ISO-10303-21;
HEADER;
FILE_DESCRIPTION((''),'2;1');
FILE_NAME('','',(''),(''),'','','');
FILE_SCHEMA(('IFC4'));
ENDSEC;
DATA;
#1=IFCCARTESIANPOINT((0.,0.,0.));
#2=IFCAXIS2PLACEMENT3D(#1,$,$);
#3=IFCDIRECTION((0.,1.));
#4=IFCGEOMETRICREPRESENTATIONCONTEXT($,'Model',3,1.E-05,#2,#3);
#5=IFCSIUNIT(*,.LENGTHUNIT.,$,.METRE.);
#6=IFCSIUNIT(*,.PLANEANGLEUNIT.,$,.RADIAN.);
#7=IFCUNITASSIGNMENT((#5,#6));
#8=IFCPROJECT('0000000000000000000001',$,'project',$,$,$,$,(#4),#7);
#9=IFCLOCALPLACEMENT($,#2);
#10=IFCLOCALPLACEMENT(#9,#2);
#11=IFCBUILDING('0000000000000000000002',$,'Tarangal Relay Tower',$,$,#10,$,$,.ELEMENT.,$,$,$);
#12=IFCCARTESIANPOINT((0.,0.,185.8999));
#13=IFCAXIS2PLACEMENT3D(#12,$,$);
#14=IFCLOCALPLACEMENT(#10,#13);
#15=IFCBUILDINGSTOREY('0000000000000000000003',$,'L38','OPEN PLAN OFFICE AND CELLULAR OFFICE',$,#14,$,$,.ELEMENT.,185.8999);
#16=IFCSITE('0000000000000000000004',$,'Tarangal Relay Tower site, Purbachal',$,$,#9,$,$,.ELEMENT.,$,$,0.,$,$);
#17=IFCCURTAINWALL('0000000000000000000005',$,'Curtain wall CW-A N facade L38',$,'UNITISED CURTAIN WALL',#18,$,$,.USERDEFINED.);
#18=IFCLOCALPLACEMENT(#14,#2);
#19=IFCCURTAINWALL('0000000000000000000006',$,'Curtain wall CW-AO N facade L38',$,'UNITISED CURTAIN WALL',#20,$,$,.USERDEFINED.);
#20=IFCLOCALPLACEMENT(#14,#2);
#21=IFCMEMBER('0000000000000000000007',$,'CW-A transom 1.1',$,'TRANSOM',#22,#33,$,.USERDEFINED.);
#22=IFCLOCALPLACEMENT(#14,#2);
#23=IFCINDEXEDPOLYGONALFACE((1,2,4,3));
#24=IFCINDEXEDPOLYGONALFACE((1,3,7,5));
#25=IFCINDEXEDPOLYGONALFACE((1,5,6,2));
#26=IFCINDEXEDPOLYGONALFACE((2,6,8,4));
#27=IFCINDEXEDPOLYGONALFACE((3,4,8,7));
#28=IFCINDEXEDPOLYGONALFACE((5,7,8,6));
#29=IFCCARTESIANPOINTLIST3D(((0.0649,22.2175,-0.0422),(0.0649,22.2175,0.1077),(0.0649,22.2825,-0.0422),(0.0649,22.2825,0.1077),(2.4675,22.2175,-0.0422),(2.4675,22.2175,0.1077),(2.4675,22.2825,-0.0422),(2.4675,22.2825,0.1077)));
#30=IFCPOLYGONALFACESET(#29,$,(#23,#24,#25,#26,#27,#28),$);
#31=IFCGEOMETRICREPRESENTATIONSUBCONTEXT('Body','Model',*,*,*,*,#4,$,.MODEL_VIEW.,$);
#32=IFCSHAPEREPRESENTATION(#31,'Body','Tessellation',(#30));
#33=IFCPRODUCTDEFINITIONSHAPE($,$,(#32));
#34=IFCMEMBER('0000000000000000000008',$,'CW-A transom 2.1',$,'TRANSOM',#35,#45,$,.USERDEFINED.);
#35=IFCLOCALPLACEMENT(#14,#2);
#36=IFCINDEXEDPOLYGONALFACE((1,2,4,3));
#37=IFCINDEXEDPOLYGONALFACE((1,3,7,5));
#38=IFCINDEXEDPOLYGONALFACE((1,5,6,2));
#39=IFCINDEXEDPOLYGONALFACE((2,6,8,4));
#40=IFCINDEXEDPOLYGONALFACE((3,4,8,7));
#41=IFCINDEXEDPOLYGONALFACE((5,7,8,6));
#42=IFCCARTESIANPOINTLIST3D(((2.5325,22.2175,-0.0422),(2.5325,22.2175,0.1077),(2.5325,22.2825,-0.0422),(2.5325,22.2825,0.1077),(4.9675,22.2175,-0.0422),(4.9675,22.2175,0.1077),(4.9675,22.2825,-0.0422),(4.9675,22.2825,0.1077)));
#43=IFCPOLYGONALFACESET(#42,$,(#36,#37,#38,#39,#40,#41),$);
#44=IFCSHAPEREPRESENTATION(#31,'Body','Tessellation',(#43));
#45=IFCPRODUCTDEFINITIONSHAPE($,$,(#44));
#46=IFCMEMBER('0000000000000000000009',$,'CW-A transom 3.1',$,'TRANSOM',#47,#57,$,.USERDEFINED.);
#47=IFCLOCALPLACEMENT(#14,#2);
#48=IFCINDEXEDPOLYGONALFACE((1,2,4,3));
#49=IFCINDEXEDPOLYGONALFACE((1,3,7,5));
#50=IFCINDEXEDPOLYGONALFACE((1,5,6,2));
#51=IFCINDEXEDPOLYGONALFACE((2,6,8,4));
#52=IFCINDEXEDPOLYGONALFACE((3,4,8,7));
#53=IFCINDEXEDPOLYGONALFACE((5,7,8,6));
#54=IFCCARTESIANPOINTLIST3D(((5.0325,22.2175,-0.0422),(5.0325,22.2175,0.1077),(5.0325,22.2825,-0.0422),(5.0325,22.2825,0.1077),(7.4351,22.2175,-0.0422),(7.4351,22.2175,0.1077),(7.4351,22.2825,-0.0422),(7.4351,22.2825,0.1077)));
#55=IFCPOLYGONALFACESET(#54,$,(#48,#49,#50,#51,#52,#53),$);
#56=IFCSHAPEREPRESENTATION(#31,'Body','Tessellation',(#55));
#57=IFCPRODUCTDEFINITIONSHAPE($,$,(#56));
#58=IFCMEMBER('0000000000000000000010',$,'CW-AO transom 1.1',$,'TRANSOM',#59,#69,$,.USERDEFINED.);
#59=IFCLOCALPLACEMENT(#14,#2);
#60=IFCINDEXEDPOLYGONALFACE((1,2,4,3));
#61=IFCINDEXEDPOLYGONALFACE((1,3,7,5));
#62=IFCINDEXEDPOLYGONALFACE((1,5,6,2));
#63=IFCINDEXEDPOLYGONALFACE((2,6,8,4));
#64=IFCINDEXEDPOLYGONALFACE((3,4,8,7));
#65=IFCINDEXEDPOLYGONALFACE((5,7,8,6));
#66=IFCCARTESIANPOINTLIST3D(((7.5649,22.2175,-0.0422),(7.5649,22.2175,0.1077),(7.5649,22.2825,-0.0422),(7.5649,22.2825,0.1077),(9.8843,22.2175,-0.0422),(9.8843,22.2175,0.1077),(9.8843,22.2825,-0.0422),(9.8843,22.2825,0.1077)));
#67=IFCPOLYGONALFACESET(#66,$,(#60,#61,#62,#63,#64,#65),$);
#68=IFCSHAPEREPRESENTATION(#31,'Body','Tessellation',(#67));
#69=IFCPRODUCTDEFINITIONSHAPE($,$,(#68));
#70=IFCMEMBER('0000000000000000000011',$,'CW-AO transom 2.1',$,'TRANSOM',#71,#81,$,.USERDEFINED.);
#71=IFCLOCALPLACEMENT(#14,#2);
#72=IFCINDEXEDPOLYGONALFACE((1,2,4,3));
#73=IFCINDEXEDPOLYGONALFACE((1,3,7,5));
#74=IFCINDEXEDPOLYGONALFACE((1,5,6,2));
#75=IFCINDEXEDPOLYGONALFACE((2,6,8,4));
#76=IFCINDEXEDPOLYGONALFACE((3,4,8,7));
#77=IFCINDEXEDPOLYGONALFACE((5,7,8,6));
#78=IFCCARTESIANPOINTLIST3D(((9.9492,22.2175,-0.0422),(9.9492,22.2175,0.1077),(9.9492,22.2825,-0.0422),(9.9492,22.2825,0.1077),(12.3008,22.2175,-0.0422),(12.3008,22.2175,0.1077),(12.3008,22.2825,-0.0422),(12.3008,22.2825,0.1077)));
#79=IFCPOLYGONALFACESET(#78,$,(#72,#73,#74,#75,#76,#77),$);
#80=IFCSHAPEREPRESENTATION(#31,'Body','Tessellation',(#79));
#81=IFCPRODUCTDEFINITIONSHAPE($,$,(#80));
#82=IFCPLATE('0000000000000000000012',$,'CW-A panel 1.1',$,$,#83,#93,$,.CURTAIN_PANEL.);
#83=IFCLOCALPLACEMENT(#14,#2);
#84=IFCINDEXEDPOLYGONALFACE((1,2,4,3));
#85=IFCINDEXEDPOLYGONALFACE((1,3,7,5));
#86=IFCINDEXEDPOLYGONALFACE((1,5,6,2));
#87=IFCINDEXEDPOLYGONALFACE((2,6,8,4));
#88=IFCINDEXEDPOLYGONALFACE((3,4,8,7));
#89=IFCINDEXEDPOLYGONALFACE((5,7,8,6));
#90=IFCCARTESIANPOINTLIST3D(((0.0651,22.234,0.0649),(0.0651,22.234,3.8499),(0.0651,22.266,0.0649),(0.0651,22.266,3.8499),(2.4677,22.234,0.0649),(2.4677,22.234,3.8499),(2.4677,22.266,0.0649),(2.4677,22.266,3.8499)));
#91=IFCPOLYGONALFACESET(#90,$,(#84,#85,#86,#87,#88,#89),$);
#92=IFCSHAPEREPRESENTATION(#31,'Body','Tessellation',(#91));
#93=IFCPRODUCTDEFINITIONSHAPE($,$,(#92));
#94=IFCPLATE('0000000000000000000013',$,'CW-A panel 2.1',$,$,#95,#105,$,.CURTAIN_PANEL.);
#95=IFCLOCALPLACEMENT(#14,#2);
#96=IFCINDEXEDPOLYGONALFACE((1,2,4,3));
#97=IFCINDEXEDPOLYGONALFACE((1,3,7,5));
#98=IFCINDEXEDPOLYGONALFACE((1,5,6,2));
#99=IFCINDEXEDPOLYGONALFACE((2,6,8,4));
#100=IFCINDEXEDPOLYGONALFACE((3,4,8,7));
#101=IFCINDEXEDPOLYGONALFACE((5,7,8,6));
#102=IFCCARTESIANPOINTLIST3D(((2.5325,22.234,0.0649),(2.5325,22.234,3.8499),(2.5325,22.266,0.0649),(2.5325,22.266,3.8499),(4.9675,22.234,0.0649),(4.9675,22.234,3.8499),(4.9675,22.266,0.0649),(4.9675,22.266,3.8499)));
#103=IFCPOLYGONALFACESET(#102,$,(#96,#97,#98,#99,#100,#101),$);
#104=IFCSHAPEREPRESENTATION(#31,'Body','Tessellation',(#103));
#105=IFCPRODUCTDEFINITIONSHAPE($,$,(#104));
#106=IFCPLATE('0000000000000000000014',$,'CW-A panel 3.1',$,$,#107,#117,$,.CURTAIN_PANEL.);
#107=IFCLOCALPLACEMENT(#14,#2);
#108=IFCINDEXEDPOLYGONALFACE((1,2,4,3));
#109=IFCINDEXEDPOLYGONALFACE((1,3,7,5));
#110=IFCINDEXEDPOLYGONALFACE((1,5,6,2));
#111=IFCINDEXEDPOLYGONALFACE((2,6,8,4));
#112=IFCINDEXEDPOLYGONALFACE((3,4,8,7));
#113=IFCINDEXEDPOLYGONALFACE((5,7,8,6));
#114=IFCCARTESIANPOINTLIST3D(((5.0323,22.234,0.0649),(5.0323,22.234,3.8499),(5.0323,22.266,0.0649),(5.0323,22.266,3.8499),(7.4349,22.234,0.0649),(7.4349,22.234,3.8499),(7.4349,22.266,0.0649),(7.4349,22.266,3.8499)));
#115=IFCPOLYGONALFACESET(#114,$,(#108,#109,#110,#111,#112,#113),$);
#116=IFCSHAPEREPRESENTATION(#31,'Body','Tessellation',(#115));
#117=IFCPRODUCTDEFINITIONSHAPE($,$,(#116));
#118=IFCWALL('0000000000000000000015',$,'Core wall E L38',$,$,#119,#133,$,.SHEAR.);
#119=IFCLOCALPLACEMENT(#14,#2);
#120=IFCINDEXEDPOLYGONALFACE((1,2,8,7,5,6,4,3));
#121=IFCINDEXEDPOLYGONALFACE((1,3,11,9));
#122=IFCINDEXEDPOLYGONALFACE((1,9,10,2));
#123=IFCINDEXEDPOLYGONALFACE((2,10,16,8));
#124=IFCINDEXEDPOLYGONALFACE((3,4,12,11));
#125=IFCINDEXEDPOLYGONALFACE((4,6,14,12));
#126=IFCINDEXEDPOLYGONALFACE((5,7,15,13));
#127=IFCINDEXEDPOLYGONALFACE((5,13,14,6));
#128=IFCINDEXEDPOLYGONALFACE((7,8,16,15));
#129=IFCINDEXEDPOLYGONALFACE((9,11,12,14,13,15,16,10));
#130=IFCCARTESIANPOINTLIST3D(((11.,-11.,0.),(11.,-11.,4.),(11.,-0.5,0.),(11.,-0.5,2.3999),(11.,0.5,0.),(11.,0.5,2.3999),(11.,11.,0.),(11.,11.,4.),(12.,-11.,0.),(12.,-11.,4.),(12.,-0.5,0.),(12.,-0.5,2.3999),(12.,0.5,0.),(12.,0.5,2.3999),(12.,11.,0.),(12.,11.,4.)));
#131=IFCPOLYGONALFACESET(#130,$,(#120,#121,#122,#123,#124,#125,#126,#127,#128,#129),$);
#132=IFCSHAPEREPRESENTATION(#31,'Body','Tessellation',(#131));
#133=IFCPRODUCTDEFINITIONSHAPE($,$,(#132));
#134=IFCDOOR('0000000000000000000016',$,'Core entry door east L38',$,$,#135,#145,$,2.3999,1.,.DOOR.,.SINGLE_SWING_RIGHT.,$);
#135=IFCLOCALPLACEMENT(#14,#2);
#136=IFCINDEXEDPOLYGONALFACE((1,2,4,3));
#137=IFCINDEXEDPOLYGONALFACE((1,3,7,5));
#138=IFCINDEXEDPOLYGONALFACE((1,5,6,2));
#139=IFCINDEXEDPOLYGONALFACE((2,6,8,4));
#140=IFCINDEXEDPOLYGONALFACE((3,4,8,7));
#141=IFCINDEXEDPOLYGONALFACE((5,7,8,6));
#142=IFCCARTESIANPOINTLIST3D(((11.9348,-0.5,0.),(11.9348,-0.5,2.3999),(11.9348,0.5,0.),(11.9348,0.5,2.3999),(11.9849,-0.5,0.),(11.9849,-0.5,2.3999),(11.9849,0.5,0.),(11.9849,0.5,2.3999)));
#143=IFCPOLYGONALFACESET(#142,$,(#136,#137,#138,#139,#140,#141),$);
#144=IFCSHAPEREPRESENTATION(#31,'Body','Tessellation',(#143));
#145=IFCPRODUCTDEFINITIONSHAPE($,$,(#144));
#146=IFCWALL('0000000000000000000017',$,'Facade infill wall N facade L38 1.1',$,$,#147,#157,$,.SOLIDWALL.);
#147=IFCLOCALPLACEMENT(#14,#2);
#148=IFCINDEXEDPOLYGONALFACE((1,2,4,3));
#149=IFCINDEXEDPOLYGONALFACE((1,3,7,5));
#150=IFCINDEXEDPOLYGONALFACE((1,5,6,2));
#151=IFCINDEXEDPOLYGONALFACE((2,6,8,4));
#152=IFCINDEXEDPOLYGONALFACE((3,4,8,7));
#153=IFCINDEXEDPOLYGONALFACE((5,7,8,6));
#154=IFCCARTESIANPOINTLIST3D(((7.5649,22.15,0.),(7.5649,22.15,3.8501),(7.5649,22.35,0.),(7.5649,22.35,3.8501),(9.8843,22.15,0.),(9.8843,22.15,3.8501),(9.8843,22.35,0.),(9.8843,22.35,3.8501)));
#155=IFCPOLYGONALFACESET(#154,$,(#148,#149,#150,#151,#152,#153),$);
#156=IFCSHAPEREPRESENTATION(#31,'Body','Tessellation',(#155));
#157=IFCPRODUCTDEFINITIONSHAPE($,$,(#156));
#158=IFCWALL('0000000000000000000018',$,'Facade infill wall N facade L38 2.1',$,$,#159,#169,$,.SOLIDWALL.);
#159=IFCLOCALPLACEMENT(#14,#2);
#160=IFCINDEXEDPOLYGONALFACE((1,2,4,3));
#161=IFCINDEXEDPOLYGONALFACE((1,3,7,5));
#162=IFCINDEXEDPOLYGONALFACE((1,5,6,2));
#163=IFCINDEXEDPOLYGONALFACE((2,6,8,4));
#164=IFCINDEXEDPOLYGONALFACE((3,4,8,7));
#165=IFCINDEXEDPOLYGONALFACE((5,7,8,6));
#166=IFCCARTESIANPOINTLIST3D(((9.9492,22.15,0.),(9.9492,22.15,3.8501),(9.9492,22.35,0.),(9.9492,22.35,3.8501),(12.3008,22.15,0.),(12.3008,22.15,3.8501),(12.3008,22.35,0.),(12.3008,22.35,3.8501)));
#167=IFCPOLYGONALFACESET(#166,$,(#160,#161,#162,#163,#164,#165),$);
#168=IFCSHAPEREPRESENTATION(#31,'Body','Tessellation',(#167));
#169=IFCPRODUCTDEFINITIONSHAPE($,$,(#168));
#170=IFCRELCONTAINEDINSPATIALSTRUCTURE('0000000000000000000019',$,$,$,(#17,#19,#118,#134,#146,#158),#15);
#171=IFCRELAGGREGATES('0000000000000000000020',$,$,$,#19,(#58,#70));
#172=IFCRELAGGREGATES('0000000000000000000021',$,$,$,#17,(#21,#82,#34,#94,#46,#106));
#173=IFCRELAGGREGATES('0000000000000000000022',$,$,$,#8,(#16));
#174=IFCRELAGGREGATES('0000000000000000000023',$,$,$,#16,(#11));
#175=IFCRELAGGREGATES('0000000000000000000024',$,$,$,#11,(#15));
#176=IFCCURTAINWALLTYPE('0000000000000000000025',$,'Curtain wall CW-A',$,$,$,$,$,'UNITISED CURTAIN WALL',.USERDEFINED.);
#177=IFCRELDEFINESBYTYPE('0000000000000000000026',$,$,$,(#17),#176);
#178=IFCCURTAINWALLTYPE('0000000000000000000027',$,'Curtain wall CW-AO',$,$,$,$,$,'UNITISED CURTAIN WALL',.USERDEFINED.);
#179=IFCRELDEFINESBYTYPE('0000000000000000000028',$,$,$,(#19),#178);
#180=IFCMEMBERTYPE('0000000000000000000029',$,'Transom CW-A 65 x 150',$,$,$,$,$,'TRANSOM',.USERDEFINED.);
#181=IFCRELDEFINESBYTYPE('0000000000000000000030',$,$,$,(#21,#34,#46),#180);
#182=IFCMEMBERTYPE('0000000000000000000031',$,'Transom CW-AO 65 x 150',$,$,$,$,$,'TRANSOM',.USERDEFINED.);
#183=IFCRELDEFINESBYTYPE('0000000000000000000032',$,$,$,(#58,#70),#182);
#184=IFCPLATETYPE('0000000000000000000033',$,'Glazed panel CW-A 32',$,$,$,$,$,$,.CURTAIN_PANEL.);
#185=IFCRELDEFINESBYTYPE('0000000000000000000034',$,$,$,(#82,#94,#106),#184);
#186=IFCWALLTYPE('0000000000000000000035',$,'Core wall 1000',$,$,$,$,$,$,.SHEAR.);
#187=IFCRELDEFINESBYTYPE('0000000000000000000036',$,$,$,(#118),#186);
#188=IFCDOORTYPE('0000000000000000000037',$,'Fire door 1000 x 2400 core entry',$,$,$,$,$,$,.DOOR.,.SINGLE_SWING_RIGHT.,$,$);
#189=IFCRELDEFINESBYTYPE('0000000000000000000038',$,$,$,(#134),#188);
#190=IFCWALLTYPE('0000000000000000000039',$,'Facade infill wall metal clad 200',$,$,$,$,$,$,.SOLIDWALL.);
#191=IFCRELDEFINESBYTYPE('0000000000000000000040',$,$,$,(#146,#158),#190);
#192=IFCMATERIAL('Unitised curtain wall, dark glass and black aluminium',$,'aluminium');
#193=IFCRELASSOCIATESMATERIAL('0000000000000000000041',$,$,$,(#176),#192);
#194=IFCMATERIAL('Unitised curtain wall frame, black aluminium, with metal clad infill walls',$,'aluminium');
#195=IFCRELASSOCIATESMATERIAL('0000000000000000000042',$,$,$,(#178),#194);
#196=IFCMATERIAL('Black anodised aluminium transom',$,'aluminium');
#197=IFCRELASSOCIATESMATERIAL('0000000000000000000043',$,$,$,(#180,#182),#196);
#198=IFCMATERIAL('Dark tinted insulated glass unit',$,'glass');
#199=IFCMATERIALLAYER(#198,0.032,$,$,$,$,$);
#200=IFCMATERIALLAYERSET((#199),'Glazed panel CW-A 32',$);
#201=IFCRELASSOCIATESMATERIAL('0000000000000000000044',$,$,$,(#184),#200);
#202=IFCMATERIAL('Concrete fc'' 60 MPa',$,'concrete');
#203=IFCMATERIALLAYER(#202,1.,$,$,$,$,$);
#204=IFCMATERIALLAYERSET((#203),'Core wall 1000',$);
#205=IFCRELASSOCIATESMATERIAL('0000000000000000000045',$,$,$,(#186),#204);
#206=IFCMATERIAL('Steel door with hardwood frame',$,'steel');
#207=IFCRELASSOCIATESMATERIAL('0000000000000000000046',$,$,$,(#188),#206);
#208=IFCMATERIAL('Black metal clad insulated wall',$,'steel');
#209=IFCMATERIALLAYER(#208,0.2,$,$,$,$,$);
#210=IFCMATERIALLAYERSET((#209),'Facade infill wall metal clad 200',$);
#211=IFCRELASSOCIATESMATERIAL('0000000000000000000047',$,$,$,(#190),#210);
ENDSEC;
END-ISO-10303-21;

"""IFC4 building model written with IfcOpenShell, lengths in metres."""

from ifc_helpers import new_model, si_unit, direction, frame, frame_2d, origin, origin_2d, place, context, subcontext, project, spatial, rectangle, extrude, material, layer, layer_set, material_profile, profile_set, type_object, element, fill, aggregate, save


model = new_model("IFC4")

# Units and contexts
model_context = context("Model", 3, precision=1e-05, world=origin(), true_north=direction((0.0, 1.0)))
body_context = subcontext(model_context, "Body", "Model", "MODEL_VIEW")
ifc_project = project(units=[si_unit("LENGTHUNIT", "METRE"), si_unit("PLANEANGLEUNIT", "RADIAN")], contexts=[model_context])

# Site, building, storey
site_placement = place(None, origin())
site = spatial("IfcSite", under=ifc_project, at=site_placement, Name="Tarangal Relay Tower site, Purbachal", CompositionType="ELEMENT", RefElevation=0.0)
building_placement = place(site_placement, origin())
building = spatial("IfcBuilding", under=site, at=building_placement, Name="Tarangal Relay Tower", CompositionType="ELEMENT")
storey_placement = place(building_placement, frame((0.0, 0.0, 185.8999)))
storey = spatial("IfcBuildingStorey", under=building, at=storey_placement, Name="L38", Description="OPEN PLAN OFFICE AND CELLULAR OFFICE", CompositionType="ELEMENT", Elevation=185.8999)

# Curtain walls
ifc_material_1 = material(Name="Unitised curtain wall, dark glass and black aluminium", Category="aluminium")
curtain_wall_type_1 = type_object("IfcCurtainWallType", Name="Curtain wall CW-A", ElementType="UNITISED CURTAIN WALL", PredefinedType="USERDEFINED", material=ifc_material_1)
curtain_wall_1_placement = place(storey_placement, origin())
curtain_wall_1 = element("IfcCurtainWall", 1, at=curtain_wall_1_placement, inside=storey, type_object=curtain_wall_type_1, Name="Curtain wall CW-A N facade L38", ObjectType="UNITISED CURTAIN WALL", PredefinedType="USERDEFINED")
ifc_material_2 = material(Name="Unitised curtain wall frame, black aluminium, with metal clad infill walls", Category="aluminium")
curtain_wall_type_2 = type_object("IfcCurtainWallType", Name="Curtain wall CW-AO", ElementType="UNITISED CURTAIN WALL", PredefinedType="USERDEFINED", material=ifc_material_2)
curtain_wall_2_placement = place(storey_placement, origin())
curtain_wall_2 = element("IfcCurtainWall", 2, at=curtain_wall_2_placement, inside=storey, type_object=curtain_wall_type_2, Name="Curtain wall CW-AO N facade L38", ObjectType="UNITISED CURTAIN WALL", PredefinedType="USERDEFINED")

# Members
ifc_material_3 = material(Name="Black anodised aluminium transom", Category="aluminium")
ifc_material_profile_1 = material_profile(ifc_material_3, rectangle(XDim=0.0649, YDim=0.1499, at=origin_2d()), Name="CW-AT 65X150")
ifc_profile_set_1 = profile_set([ifc_material_profile_1], Name="Black anodised aluminium transom")
member_type_1 = type_object("IfcMemberType", Name="Transom CW-A 65 x 150", ElementType="TRANSOM", PredefinedType="USERDEFINED", material=ifc_profile_set_1)
member_1_placement = place(storey_placement, frame((0.0649, 22.25, 0.0327), z_axis=(1.0, 0.0, 0.0), x_axis=(0.0, 1.0, 0.0)))
member_1 = element("IfcMember", 3, at=member_1_placement, type_object=member_type_1, Name="CW-A transom 1.1", ObjectType="TRANSOM", PredefinedType="USERDEFINED", context=body_context, shape_type="SweptSolid", body=[
    extrude(rectangle(XDim=0.0649, YDim=0.1499, at=origin_2d()), origin(), (0.0, 0.0, 1.0), 2.4026),
])
member_2_placement = place(storey_placement, frame((2.5325, 22.25, 0.0327), z_axis=(1.0, 0.0, 0.0), x_axis=(0.0, 1.0, 0.0)))
member_2 = element("IfcMember", 4, at=member_2_placement, type_object=member_type_1, Name="CW-A transom 2.1", ObjectType="TRANSOM", PredefinedType="USERDEFINED", context=body_context, shape_type="SweptSolid", body=[
    extrude(rectangle(XDim=0.0649, YDim=0.1499, at=origin_2d()), origin(), (0.0, 0.0, 1.0), 2.4351),
])
member_3_placement = place(storey_placement, frame((5.0325, 22.25, 0.0327), z_axis=(1.0, 0.0, 0.0), x_axis=(0.0, 1.0, 0.0)))
member_3 = element("IfcMember", 5, at=member_3_placement, type_object=member_type_1, Name="CW-A transom 3.1", ObjectType="TRANSOM", PredefinedType="USERDEFINED", context=body_context, shape_type="SweptSolid", body=[
    extrude(rectangle(XDim=0.0649, YDim=0.1499, at=origin_2d()), origin(), (0.0, 0.0, 1.0), 2.4026),
])
ifc_material_profile_2 = material_profile(ifc_material_3, rectangle(XDim=0.0649, YDim=0.1499, at=origin_2d()), Name="CW-AOT 65X150")
ifc_profile_set_2 = profile_set([ifc_material_profile_2], Name="Black anodised aluminium transom")
member_type_2 = type_object("IfcMemberType", Name="Transom CW-AO 65 x 150", ElementType="TRANSOM", PredefinedType="USERDEFINED", material=ifc_profile_set_2)
member_4_placement = place(storey_placement, frame((7.5649, 22.25, 0.0327), z_axis=(1.0, 0.0, 0.0), x_axis=(0.0, 1.0, 0.0)))
member_4 = element("IfcMember", 6, at=member_4_placement, type_object=member_type_2, Name="CW-AO transom 1.1", ObjectType="TRANSOM", PredefinedType="USERDEFINED", context=body_context, shape_type="SweptSolid", body=[
    extrude(rectangle(XDim=0.0649, YDim=0.1499, at=origin_2d()), origin(), (0.0, 0.0, 1.0), 2.3193),
])
member_5_placement = place(storey_placement, frame((9.9492, 22.25, 0.0327), z_axis=(1.0, 0.0, 0.0), x_axis=(0.0, 1.0, 0.0)))
member_5 = element("IfcMember", 7, at=member_5_placement, type_object=member_type_2, Name="CW-AO transom 2.1", ObjectType="TRANSOM", PredefinedType="USERDEFINED", context=body_context, shape_type="SweptSolid", body=[
    extrude(rectangle(XDim=0.0649, YDim=0.1499, at=origin_2d()), origin(), (0.0, 0.0, 1.0), 2.3516),
])
aggregate(curtain_wall_2, [member_4, member_5])

# Plates
ifc_material_4 = material(Name="Dark tinted insulated glass unit", Category="glass")
ifc_layer_1 = layer(ifc_material_4, 0.032)
ifc_layer_set_1 = layer_set([ifc_layer_1], Name="Glazed panel CW-A 32")
plate_type = type_object("IfcPlateType", Name="Glazed panel CW-A 32", PredefinedType="CURTAIN_PANEL", material=ifc_layer_set_1)
plate_1_placement = place(storey_placement, frame((1.2664, 22.25, 0.0649), z_axis=(0.0, 0.0, 1.0), x_axis=(1.0, 0.0, 0.0)))
plate_1 = element("IfcPlate", 8, at=plate_1_placement, type_object=plate_type, Name="CW-A panel 1.1", PredefinedType="CURTAIN_PANEL", context=body_context, shape_type="SweptSolid", body=[
    extrude(rectangle(XDim=2.4026, YDim=0.032, at=origin_2d()), origin(), (0.0, 0.0, 1.0), 3.7849),
])
plate_2_placement = place(storey_placement, frame((3.75, 22.25, 0.0649), z_axis=(0.0, 0.0, 1.0), x_axis=(1.0, 0.0, 0.0)))
plate_2 = element("IfcPlate", 9, at=plate_2_placement, type_object=plate_type, Name="CW-A panel 2.1", PredefinedType="CURTAIN_PANEL", context=body_context, shape_type="SweptSolid", body=[
    extrude(rectangle(XDim=2.4351, YDim=0.032, at=origin_2d()), origin(), (0.0, 0.0, 1.0), 3.7849),
])
plate_3_placement = place(storey_placement, frame((6.2336, 22.25, 0.0649), z_axis=(0.0, 0.0, 1.0), x_axis=(1.0, 0.0, 0.0)))
plate_3 = element("IfcPlate", 10, at=plate_3_placement, type_object=plate_type, Name="CW-A panel 3.1", PredefinedType="CURTAIN_PANEL", context=body_context, shape_type="SweptSolid", body=[
    extrude(rectangle(XDim=2.4026, YDim=0.032, at=origin_2d()), origin(), (0.0, 0.0, 1.0), 3.7849),
])
aggregate(curtain_wall_1, [member_1, plate_1, member_2, plate_2, member_3, plate_3])

# Wall, opening, door
ifc_material_5 = material(Name="Concrete fc' 60 MPa", Category="concrete")
ifc_layer_2 = layer(ifc_material_5, 1.0)
ifc_layer_set_2 = layer_set([ifc_layer_2], Name="Core wall 1000")
wall_type_1 = type_object("IfcWallType", Name="Core wall 1000", PredefinedType="SHEAR", material=ifc_layer_set_2)
wall_1_placement = place(storey_placement, frame((11.5, 11.0, 0.0), z_axis=(0.0, 0.0, 1.0), x_axis=(0.0, -1.0, 0.0)))
wall_1 = element("IfcWall", 11, at=wall_1_placement, inside=storey, type_object=wall_type_1, Name="Core wall E L38", PredefinedType="SHEAR", context=body_context, shape_type="SweptSolid", body=[
    extrude(rectangle(XDim=22.0, YDim=1.0, at=frame_2d((11.0, 0.0))), origin(), (0.0, 0.0, 1.0), 4.0),
])
opening_1_placement = place(wall_1_placement, frame((10.5, 0.0, 0.0)))
opening_1 = element("IfcOpeningElement", 12, at=opening_1_placement, cuts=wall_1, PredefinedType="OPENING", context=body_context, shape_type="SweptSolid", body=[
    extrude(rectangle(XDim=1.0, YDim=2.3999, at=frame_2d((0.5, 1.2))), frame((0.0, 0.51, 0.0), z_axis=(0.0, -1.0, 0.0), x_axis=(1.0, 0.0, 0.0)), (0.0, 0.0, 1.0), 1.02),
])
ifc_material_6 = material(Name="Steel door with hardwood frame", Category="steel")
door_type_1 = type_object("IfcDoorType", Name="Fire door 1000 x 2400 core entry", OperationType="SINGLE_SWING_RIGHT", PredefinedType="DOOR", material=ifc_material_6)
door_1_placement = place(opening_1_placement, origin())
door_1 = element("IfcDoor", 13, at=door_1_placement, inside=storey, type_object=door_type_1, Name="Core entry door east L38", OperationType="SINGLE_SWING_RIGHT", OverallHeight=2.3999, OverallWidth=1.0, PredefinedType="DOOR", context=body_context, shape_type="SweptSolid", body=[
    extrude(rectangle(XDim=1.0, YDim=2.3999, at=frame_2d((0.5, 1.2))), frame((0.0, 0.4849, 0.0), z_axis=(0.0, -1.0, 0.0), x_axis=(1.0, 0.0, 0.0)), (0.0, 0.0, 1.0), 0.05),
])
fill(opening_1, door_1)

# Walls
ifc_material_7 = material(Name="Black metal clad insulated wall", Category="steel")
ifc_layer_3 = layer(ifc_material_7, 0.2)
ifc_layer_set_3 = layer_set([ifc_layer_3], Name="Facade infill wall metal clad 200")
wall_type_2 = type_object("IfcWallType", Name="Facade infill wall metal clad 200", PredefinedType="SOLIDWALL", material=ifc_layer_set_3)
wall_2_placement = place(storey_placement, frame((7.5649, 22.25, 0.0), z_axis=(0.0, 0.0, 1.0), x_axis=(1.0, 0.0, 0.0)))
element("IfcWall", 14, at=wall_2_placement, inside=storey, type_object=wall_type_2, Name="Facade infill wall N facade L38 1.1", PredefinedType="SOLIDWALL", context=body_context, shape_type="SweptSolid", body=[
    extrude(rectangle(XDim=2.3193, YDim=0.2, at=frame_2d((1.1597, 0.0))), origin(), (0.0, 0.0, 1.0), 3.8501),
])
wall_3_placement = place(storey_placement, frame((9.9492, 22.25, 0.0), z_axis=(0.0, 0.0, 1.0), x_axis=(1.0, 0.0, 0.0)))
element("IfcWall", 15, at=wall_3_placement, inside=storey, type_object=wall_type_2, Name="Facade infill wall N facade L38 2.1", PredefinedType="SOLIDWALL", context=body_context, shape_type="SweptSolid", body=[
    extrude(rectangle(XDim=2.3516, YDim=0.2, at=frame_2d((1.1758, 0.0))), origin(), (0.0, 0.0, 1.0), 3.8501),
])

save(model, "model.ifc")
